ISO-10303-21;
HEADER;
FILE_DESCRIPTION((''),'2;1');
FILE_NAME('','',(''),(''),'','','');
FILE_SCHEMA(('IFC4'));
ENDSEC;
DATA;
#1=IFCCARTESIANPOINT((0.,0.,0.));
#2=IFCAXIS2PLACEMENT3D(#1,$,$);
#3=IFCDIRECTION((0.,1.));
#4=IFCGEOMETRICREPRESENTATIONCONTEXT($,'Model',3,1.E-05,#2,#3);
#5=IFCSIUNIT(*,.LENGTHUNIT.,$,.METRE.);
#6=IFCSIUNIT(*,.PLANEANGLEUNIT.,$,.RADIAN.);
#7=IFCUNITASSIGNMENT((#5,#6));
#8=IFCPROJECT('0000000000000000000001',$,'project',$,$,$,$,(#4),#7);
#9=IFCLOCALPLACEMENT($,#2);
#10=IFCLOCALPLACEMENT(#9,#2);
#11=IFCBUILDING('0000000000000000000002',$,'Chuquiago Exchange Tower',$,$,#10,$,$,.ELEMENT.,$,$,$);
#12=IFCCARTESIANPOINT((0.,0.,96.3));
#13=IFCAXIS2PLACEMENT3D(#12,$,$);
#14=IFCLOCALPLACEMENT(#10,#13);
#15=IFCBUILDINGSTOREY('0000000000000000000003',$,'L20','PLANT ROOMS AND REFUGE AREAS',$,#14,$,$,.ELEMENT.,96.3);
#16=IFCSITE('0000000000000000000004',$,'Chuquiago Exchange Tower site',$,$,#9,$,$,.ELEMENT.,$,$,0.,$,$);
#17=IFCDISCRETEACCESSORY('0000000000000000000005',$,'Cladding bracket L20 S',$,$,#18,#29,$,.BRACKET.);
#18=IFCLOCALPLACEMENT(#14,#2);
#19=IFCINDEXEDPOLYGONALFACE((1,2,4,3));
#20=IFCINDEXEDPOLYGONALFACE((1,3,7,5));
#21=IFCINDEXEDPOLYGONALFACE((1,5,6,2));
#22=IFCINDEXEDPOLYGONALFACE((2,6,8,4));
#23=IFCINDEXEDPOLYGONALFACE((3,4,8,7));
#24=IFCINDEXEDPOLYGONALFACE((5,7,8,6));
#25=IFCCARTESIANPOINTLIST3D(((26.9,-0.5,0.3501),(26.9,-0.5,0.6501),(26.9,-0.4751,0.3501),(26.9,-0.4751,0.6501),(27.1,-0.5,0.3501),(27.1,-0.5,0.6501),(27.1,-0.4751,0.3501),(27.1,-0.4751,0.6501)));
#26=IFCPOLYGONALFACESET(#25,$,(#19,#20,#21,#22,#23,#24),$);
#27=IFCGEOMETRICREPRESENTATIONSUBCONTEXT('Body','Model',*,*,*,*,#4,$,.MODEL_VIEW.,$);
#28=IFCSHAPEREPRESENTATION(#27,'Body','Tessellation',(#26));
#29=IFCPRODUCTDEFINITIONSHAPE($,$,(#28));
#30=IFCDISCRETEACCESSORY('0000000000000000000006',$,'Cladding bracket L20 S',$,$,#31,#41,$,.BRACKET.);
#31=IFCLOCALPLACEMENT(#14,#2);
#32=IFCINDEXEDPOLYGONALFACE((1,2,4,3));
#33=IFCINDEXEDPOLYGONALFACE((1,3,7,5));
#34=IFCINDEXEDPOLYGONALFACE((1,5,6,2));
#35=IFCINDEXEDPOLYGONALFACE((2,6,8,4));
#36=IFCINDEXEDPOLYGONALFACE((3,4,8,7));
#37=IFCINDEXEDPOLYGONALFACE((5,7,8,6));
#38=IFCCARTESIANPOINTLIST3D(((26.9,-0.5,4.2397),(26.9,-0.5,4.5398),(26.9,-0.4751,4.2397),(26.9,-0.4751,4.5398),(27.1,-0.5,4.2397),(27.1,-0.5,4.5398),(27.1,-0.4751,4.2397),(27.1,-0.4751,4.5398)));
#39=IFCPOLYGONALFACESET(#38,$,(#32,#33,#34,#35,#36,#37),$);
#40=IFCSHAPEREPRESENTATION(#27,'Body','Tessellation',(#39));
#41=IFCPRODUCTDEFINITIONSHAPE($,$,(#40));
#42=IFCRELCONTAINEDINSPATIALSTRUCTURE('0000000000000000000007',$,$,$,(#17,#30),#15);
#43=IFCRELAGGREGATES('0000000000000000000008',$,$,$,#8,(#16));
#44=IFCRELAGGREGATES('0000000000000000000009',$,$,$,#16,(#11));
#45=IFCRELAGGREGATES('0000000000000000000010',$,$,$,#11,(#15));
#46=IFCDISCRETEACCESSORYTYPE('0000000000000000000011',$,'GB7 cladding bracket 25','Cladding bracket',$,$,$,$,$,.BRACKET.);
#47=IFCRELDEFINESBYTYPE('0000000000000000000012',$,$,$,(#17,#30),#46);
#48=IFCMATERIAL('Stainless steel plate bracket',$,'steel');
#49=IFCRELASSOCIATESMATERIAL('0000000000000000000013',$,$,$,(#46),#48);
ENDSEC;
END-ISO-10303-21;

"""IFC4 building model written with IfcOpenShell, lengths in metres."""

from ifc_helpers import new_model, si_unit, direction, frame, origin, origin_2d, place, context, subcontext, project, spatial, rectangle, extrude, material, type_object, element, save


model = new_model("IFC4")

# Units and contexts
model_context = context("Model", 3, precision=1e-05, world=origin(), true_north=direction((0.0, 1.0)))
body_context = subcontext(model_context, "Body", "Model", "MODEL_VIEW")
ifc_project = project(units=[si_unit("LENGTHUNIT", "METRE"), si_unit("PLANEANGLEUNIT", "RADIAN")], contexts=[model_context])

# Site, building, storey
site_placement = place(None, origin())
site = spatial("IfcSite", under=ifc_project, at=site_placement, Name="Chuquiago Exchange Tower site", CompositionType="ELEMENT", RefElevation=0.0)
building_placement = place(site_placement, origin())
building = spatial("IfcBuilding", under=site, at=building_placement, Name="Chuquiago Exchange Tower", CompositionType="ELEMENT")
storey_placement = place(building_placement, frame((0.0, 0.0, 96.3)))
storey = spatial("IfcBuildingStorey", under=building, at=storey_placement, Name="L20", Description="PLANT ROOMS AND REFUGE AREAS", CompositionType="ELEMENT", Elevation=96.3)

# Discrete accessories
ifc_material_1 = material(Name="Stainless steel plate bracket", Category="steel")
discrete_accessory_type_1 = type_object("IfcDiscreteAccessoryType", Name="GB7 cladding bracket 25", Description="Cladding bracket", PredefinedType="BRACKET", material=ifc_material_1)
for number, where, z_axis, x_axis, name in (
    (1, (27.0, -0.4875, 0.3501), (0.0, 0.0, 1.0), (1.0, 0.0, 0.0), "Cladding bracket L20 S"),
    (2, (27.0, -0.4875, 4.2397), (0.0, 0.0, 1.0), (1.0, 0.0, 0.0), "Cladding bracket L20 S"),
):
    element("IfcDiscreteAccessory", number, at=place(storey_placement, frame(where, z_axis=z_axis, x_axis=x_axis)), inside=storey, type_object=discrete_accessory_type_1, Name=name, PredefinedType="BRACKET", context=body_context, shape_type="SweptSolid", body=[
        extrude(rectangle(XDim=0.2, YDim=0.0249, at=origin_2d()), origin(), (0.0, 0.0, 1.0), 0.3),
    ])

save(model, "model.ifc")
